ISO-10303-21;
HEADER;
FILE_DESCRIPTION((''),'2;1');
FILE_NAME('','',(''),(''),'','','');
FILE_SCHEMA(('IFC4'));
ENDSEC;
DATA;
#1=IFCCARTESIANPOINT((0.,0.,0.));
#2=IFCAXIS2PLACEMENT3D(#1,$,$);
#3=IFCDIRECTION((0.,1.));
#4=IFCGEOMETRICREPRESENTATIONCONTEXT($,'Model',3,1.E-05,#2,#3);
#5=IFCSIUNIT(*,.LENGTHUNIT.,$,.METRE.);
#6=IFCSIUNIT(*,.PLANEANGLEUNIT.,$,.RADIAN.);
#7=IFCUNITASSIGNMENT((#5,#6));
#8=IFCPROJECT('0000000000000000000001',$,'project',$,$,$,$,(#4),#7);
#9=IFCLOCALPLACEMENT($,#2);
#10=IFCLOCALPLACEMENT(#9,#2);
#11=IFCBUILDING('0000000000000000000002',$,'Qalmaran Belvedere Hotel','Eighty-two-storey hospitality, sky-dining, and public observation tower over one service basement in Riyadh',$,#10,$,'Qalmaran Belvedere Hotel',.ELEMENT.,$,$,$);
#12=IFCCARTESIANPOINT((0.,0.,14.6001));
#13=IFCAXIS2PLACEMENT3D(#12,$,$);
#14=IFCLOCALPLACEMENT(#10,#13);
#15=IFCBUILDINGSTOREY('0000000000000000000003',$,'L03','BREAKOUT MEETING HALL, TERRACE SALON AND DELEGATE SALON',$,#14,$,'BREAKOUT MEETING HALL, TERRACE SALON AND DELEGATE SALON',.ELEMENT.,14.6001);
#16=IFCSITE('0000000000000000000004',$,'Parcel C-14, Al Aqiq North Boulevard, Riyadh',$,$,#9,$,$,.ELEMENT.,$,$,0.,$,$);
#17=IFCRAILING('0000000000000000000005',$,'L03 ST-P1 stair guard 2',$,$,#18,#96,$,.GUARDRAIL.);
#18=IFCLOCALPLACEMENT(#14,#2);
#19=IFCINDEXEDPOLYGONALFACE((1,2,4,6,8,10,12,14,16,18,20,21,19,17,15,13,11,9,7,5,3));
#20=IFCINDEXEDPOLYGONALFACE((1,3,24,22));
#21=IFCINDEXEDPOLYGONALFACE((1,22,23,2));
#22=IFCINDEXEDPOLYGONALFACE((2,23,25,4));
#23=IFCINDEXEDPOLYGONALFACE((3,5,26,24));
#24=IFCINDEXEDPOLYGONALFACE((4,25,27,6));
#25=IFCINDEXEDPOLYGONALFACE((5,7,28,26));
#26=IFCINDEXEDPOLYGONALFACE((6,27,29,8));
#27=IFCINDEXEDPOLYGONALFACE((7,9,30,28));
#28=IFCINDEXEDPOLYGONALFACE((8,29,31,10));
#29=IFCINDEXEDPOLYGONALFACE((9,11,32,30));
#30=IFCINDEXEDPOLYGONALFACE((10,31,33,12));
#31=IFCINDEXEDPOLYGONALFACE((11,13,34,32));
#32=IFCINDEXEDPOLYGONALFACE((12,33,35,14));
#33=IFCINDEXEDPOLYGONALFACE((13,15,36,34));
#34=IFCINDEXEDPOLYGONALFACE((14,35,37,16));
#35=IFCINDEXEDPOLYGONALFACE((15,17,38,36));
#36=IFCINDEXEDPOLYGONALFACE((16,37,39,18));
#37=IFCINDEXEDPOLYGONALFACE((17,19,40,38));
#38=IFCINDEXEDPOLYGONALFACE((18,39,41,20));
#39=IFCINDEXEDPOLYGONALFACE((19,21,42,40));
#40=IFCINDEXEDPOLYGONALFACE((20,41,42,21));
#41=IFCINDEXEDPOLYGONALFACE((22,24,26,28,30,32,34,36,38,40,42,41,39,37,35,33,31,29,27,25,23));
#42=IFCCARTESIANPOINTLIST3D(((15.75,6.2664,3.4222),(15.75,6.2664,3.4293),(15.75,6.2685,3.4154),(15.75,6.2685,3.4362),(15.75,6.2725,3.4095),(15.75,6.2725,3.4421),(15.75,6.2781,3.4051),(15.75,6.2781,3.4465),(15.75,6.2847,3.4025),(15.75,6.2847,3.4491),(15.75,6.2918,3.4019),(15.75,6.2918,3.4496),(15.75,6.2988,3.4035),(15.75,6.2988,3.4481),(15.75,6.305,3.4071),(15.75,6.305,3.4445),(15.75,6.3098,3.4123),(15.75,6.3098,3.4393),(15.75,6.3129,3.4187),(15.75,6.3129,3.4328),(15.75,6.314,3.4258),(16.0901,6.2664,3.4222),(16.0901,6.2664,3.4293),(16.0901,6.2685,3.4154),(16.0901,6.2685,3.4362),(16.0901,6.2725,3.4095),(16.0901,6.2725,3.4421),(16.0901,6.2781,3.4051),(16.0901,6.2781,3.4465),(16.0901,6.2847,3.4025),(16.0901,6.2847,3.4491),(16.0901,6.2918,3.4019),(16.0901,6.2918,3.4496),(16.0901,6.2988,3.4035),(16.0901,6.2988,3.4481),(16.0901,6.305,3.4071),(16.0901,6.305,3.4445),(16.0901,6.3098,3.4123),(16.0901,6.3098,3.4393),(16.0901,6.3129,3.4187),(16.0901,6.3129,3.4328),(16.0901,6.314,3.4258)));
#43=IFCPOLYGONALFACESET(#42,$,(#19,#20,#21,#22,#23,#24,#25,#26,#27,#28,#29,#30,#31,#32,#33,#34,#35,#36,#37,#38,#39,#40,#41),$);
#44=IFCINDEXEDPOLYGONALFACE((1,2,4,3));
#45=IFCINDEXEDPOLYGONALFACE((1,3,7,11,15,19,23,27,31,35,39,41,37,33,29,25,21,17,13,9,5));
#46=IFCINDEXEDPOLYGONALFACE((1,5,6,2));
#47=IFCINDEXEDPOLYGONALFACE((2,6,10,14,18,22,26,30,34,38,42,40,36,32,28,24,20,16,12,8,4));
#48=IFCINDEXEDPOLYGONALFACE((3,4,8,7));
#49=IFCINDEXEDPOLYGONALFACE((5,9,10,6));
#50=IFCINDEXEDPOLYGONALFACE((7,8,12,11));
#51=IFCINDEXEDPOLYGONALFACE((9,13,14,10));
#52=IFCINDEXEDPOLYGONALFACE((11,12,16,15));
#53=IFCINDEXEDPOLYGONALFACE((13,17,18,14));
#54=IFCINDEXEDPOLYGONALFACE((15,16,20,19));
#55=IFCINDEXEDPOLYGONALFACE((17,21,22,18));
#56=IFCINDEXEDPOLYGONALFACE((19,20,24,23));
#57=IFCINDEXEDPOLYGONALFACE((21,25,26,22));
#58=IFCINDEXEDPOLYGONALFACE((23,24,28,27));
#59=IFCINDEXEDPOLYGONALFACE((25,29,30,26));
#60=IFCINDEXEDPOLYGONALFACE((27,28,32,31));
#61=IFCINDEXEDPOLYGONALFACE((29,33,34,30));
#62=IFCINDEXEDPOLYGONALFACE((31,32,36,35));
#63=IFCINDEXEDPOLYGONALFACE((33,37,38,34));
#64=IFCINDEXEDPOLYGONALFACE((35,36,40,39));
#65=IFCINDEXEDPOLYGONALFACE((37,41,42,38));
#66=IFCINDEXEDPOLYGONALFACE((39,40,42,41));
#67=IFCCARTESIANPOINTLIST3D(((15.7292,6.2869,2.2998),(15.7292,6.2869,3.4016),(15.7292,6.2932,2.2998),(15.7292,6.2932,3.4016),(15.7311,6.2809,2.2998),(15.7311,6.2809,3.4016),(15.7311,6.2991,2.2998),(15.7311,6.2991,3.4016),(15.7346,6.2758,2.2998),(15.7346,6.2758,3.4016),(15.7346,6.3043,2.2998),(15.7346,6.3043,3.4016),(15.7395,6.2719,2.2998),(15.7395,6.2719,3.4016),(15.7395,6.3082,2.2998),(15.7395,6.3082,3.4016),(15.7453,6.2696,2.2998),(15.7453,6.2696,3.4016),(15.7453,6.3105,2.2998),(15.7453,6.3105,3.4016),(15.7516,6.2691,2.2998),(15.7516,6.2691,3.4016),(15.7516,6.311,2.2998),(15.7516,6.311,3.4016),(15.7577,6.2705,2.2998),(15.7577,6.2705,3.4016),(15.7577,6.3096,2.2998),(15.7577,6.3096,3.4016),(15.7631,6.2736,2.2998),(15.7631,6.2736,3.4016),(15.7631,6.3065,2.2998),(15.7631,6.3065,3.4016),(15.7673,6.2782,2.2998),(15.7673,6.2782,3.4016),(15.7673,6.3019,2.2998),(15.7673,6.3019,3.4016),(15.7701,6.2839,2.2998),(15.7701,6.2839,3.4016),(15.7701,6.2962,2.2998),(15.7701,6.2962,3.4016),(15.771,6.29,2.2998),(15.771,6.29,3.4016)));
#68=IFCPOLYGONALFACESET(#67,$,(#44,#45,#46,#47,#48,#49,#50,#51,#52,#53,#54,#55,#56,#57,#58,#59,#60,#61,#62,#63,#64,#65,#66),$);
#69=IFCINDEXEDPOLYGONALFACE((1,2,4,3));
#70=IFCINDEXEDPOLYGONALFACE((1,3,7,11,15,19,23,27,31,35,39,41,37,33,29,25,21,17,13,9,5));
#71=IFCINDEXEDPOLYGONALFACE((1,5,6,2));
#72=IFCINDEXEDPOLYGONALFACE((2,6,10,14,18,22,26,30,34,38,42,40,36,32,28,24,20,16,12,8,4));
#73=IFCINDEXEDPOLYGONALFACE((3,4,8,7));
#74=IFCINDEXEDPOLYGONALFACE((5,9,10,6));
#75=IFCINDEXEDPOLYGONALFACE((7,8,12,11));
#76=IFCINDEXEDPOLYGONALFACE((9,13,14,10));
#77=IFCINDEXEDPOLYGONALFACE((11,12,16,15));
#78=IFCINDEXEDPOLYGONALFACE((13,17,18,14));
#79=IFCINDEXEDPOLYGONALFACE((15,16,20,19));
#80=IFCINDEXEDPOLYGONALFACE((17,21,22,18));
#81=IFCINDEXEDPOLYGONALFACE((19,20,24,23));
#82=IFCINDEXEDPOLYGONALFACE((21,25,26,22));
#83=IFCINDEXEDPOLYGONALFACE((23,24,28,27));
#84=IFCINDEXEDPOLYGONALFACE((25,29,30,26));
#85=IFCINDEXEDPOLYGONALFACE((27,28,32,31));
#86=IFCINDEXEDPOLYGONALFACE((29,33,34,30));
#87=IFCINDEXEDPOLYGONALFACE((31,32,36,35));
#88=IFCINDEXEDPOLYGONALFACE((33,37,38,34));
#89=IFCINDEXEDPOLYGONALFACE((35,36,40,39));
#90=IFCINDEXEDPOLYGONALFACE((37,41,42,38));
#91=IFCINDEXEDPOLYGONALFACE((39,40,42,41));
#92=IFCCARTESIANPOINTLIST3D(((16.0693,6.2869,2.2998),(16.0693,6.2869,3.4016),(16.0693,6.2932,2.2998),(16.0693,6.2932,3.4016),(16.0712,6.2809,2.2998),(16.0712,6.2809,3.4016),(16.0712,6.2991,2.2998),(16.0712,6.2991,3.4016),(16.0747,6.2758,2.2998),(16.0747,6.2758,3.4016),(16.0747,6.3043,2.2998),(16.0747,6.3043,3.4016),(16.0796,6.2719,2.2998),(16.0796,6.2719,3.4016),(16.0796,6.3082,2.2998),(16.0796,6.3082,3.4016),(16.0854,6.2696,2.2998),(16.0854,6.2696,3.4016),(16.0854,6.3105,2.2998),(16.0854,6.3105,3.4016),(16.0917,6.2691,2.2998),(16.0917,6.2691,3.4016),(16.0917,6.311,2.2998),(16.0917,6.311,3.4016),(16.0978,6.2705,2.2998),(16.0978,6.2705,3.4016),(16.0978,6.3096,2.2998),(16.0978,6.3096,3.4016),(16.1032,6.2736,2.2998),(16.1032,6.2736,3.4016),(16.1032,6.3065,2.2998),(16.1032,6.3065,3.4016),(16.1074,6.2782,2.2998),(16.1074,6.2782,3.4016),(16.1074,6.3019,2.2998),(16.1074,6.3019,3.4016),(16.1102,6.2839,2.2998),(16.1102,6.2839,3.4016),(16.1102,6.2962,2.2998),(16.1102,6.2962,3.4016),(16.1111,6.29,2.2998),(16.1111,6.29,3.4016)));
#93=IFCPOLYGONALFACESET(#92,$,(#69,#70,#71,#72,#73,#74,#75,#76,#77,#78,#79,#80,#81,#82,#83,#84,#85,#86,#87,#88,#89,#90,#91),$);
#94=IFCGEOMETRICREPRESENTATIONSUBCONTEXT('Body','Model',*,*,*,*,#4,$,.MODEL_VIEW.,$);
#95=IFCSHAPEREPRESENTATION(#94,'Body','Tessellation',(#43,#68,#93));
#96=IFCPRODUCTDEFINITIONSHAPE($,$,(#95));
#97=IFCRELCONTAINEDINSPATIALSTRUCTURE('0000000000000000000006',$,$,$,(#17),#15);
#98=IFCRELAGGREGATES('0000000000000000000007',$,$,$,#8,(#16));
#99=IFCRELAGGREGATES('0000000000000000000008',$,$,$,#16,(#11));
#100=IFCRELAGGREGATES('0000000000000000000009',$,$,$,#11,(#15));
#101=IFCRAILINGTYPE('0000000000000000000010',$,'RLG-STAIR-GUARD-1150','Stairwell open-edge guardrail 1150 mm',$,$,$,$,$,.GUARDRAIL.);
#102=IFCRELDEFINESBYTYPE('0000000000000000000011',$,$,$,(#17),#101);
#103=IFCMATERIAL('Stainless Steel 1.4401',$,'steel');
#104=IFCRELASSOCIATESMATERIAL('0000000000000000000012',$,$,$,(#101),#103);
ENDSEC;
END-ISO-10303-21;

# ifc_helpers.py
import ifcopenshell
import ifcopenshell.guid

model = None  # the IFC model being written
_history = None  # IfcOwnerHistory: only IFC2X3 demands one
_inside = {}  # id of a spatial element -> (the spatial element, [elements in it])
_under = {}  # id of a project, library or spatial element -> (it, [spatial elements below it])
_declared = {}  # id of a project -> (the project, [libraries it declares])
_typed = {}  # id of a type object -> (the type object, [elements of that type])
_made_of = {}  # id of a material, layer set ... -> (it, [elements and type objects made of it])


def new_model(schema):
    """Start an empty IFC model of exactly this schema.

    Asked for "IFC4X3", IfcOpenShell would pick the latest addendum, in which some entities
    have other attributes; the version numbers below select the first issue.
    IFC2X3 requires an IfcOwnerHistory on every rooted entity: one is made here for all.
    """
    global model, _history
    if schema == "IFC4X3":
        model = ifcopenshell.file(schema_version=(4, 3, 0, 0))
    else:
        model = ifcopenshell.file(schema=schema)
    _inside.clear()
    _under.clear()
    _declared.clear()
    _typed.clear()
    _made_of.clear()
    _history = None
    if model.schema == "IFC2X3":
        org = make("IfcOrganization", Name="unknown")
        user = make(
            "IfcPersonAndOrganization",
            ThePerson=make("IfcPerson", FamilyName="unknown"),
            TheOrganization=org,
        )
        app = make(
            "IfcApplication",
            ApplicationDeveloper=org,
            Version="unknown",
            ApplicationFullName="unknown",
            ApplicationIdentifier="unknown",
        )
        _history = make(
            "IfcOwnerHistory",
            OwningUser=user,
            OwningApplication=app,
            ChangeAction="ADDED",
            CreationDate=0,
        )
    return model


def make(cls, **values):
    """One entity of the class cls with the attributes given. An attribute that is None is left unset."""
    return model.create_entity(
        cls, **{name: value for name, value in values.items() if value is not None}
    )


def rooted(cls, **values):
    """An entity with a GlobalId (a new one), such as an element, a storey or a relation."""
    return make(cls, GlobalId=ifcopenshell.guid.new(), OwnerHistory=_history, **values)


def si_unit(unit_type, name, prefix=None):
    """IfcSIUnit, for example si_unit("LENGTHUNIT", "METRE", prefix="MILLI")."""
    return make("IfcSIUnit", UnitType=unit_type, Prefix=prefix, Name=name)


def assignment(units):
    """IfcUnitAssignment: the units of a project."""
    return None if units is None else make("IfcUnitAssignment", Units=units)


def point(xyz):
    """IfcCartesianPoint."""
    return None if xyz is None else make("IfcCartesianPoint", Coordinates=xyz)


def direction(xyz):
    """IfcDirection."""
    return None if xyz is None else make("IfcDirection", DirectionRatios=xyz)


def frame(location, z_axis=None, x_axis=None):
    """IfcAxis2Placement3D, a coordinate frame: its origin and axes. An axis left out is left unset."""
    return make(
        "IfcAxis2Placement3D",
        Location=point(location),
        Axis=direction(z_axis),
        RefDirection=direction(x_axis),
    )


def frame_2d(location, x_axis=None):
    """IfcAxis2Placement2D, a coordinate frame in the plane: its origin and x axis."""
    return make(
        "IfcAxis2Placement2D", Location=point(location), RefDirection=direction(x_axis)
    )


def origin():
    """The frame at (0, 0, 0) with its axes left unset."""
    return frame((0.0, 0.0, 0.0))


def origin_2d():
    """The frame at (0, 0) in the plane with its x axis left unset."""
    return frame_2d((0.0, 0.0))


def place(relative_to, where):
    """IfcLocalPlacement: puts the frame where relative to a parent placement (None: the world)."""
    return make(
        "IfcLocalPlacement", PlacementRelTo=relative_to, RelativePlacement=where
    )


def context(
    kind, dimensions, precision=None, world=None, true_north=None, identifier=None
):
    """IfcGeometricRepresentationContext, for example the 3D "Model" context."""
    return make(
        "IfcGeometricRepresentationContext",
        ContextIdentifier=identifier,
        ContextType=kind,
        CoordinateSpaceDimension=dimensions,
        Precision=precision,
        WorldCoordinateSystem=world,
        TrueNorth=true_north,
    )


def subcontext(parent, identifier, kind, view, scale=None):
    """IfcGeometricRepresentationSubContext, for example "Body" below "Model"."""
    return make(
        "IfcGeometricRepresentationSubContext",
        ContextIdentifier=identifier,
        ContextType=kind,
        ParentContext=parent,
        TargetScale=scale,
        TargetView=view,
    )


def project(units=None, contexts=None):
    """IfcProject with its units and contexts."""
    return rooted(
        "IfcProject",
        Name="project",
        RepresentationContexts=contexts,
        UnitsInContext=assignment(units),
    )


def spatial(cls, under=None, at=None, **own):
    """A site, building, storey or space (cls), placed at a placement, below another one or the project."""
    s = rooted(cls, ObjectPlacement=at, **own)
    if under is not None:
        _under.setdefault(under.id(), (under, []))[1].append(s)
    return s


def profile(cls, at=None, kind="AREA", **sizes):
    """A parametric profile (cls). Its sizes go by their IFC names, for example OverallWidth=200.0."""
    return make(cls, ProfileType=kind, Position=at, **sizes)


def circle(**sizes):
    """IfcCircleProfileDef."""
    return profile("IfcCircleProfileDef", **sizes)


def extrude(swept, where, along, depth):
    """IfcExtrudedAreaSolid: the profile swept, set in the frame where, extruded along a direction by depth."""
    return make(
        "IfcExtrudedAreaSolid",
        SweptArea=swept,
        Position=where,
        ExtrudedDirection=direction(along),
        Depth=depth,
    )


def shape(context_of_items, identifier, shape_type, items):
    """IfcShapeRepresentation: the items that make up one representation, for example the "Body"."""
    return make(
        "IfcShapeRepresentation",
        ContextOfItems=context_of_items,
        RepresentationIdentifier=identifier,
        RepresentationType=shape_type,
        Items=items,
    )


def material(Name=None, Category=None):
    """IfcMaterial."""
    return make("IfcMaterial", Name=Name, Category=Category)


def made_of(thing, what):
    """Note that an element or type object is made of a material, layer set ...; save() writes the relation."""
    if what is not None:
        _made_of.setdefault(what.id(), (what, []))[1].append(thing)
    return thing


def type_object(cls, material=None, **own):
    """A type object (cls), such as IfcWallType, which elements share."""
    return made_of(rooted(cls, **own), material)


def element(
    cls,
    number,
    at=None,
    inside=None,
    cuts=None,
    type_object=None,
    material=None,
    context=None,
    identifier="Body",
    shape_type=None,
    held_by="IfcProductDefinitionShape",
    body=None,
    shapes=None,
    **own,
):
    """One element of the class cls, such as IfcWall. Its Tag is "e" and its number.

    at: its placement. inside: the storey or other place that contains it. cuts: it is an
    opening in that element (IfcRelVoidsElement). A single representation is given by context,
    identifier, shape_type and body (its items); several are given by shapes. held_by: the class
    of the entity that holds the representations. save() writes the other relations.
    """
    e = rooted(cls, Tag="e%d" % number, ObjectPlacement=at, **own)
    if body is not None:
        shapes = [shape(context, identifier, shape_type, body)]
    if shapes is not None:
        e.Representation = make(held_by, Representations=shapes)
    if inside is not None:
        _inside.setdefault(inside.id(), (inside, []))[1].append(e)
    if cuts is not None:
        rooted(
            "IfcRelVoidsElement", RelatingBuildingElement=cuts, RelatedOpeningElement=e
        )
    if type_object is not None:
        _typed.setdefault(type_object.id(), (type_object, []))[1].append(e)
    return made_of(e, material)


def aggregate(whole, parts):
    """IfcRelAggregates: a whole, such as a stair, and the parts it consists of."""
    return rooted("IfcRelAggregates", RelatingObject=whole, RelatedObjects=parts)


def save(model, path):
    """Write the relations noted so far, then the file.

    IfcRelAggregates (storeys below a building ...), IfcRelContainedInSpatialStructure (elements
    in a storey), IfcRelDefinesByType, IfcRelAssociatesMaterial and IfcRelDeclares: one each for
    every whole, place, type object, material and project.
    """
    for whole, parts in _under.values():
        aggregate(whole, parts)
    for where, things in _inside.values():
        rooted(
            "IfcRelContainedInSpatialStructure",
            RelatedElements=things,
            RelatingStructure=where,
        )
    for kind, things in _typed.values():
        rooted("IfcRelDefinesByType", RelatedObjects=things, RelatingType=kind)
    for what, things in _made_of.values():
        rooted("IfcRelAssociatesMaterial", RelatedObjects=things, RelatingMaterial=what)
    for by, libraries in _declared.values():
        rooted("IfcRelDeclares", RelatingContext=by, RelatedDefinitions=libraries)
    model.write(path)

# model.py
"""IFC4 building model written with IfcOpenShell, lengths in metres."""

from ifc_helpers import new_model, si_unit, direction, frame, origin, origin_2d, place, context, subcontext, project, spatial, circle, extrude, material, type_object, element, save


model = new_model("IFC4")

# Units and contexts
model_context = context("Model", 3, precision=1e-05, world=origin(), true_north=direction((0.0, 1.0)))
body_context = subcontext(model_context, "Body", "Model", "MODEL_VIEW")
ifc_project = project(units=[si_unit("LENGTHUNIT", "METRE"), si_unit("PLANEANGLEUNIT", "RADIAN")], contexts=[model_context])

# Site, building, storey
site_placement = place(None, origin())
site = spatial("IfcSite", under=ifc_project, at=site_placement, Name="Parcel C-14, Al Aqiq North Boulevard, Riyadh", CompositionType="ELEMENT", RefElevation=0.0)
building_placement = place(site_placement, origin())
building = spatial("IfcBuilding", under=site, at=building_placement, Name="Qalmaran Belvedere Hotel", Description="Eighty-two-storey hospitality, sky-dining, and public observation tower over one service basement in Riyadh", LongName="Qalmaran Belvedere Hotel", CompositionType="ELEMENT")
storey_placement = place(building_placement, frame((0.0, 0.0, 14.6001)))
storey = spatial("IfcBuildingStorey", under=building, at=storey_placement, Name="L03", Description="BREAKOUT MEETING HALL, TERRACE SALON AND DELEGATE SALON", LongName="BREAKOUT MEETING HALL, TERRACE SALON AND DELEGATE SALON", CompositionType="ELEMENT", Elevation=14.6001)

# Railing
ifc_material_1 = material(Name="Stainless Steel 1.4401", Category="steel")
railing_type_1 = type_object("IfcRailingType", Name="RLG-STAIR-GUARD-1150", Description="Stairwell open-edge guardrail 1150 mm", PredefinedType="GUARDRAIL", material=ifc_material_1)
railing_1_placement = place(storey_placement, frame((15.75, 6.29, 2.2998)))
element("IfcRailing", 1, at=railing_1_placement, inside=storey, type_object=railing_type_1, Name="L03 ST-P1 stair guard 2", PredefinedType="GUARDRAIL", context=body_context, shape_type="SweptSolid", body=[
    extrude(circle(Radius=0.0239, at=origin_2d()), frame((0.0, 0.0, 1.126), z_axis=(1.0, 0.0, 0.0), x_axis=(0.0, 1.0, 0.0)), (0.0, 0.0, 1.0), 0.3401),
    extrude(circle(Radius=0.021, at=origin_2d()), origin(), (0.0, 0.0, 1.0), 1.1018),
    extrude(circle(Radius=0.021, at=origin_2d()), frame((0.3401, 0.0, 0.0)), (0.0, 0.0, 1.0), 1.1018),
])

save(model, "model.ifc")
